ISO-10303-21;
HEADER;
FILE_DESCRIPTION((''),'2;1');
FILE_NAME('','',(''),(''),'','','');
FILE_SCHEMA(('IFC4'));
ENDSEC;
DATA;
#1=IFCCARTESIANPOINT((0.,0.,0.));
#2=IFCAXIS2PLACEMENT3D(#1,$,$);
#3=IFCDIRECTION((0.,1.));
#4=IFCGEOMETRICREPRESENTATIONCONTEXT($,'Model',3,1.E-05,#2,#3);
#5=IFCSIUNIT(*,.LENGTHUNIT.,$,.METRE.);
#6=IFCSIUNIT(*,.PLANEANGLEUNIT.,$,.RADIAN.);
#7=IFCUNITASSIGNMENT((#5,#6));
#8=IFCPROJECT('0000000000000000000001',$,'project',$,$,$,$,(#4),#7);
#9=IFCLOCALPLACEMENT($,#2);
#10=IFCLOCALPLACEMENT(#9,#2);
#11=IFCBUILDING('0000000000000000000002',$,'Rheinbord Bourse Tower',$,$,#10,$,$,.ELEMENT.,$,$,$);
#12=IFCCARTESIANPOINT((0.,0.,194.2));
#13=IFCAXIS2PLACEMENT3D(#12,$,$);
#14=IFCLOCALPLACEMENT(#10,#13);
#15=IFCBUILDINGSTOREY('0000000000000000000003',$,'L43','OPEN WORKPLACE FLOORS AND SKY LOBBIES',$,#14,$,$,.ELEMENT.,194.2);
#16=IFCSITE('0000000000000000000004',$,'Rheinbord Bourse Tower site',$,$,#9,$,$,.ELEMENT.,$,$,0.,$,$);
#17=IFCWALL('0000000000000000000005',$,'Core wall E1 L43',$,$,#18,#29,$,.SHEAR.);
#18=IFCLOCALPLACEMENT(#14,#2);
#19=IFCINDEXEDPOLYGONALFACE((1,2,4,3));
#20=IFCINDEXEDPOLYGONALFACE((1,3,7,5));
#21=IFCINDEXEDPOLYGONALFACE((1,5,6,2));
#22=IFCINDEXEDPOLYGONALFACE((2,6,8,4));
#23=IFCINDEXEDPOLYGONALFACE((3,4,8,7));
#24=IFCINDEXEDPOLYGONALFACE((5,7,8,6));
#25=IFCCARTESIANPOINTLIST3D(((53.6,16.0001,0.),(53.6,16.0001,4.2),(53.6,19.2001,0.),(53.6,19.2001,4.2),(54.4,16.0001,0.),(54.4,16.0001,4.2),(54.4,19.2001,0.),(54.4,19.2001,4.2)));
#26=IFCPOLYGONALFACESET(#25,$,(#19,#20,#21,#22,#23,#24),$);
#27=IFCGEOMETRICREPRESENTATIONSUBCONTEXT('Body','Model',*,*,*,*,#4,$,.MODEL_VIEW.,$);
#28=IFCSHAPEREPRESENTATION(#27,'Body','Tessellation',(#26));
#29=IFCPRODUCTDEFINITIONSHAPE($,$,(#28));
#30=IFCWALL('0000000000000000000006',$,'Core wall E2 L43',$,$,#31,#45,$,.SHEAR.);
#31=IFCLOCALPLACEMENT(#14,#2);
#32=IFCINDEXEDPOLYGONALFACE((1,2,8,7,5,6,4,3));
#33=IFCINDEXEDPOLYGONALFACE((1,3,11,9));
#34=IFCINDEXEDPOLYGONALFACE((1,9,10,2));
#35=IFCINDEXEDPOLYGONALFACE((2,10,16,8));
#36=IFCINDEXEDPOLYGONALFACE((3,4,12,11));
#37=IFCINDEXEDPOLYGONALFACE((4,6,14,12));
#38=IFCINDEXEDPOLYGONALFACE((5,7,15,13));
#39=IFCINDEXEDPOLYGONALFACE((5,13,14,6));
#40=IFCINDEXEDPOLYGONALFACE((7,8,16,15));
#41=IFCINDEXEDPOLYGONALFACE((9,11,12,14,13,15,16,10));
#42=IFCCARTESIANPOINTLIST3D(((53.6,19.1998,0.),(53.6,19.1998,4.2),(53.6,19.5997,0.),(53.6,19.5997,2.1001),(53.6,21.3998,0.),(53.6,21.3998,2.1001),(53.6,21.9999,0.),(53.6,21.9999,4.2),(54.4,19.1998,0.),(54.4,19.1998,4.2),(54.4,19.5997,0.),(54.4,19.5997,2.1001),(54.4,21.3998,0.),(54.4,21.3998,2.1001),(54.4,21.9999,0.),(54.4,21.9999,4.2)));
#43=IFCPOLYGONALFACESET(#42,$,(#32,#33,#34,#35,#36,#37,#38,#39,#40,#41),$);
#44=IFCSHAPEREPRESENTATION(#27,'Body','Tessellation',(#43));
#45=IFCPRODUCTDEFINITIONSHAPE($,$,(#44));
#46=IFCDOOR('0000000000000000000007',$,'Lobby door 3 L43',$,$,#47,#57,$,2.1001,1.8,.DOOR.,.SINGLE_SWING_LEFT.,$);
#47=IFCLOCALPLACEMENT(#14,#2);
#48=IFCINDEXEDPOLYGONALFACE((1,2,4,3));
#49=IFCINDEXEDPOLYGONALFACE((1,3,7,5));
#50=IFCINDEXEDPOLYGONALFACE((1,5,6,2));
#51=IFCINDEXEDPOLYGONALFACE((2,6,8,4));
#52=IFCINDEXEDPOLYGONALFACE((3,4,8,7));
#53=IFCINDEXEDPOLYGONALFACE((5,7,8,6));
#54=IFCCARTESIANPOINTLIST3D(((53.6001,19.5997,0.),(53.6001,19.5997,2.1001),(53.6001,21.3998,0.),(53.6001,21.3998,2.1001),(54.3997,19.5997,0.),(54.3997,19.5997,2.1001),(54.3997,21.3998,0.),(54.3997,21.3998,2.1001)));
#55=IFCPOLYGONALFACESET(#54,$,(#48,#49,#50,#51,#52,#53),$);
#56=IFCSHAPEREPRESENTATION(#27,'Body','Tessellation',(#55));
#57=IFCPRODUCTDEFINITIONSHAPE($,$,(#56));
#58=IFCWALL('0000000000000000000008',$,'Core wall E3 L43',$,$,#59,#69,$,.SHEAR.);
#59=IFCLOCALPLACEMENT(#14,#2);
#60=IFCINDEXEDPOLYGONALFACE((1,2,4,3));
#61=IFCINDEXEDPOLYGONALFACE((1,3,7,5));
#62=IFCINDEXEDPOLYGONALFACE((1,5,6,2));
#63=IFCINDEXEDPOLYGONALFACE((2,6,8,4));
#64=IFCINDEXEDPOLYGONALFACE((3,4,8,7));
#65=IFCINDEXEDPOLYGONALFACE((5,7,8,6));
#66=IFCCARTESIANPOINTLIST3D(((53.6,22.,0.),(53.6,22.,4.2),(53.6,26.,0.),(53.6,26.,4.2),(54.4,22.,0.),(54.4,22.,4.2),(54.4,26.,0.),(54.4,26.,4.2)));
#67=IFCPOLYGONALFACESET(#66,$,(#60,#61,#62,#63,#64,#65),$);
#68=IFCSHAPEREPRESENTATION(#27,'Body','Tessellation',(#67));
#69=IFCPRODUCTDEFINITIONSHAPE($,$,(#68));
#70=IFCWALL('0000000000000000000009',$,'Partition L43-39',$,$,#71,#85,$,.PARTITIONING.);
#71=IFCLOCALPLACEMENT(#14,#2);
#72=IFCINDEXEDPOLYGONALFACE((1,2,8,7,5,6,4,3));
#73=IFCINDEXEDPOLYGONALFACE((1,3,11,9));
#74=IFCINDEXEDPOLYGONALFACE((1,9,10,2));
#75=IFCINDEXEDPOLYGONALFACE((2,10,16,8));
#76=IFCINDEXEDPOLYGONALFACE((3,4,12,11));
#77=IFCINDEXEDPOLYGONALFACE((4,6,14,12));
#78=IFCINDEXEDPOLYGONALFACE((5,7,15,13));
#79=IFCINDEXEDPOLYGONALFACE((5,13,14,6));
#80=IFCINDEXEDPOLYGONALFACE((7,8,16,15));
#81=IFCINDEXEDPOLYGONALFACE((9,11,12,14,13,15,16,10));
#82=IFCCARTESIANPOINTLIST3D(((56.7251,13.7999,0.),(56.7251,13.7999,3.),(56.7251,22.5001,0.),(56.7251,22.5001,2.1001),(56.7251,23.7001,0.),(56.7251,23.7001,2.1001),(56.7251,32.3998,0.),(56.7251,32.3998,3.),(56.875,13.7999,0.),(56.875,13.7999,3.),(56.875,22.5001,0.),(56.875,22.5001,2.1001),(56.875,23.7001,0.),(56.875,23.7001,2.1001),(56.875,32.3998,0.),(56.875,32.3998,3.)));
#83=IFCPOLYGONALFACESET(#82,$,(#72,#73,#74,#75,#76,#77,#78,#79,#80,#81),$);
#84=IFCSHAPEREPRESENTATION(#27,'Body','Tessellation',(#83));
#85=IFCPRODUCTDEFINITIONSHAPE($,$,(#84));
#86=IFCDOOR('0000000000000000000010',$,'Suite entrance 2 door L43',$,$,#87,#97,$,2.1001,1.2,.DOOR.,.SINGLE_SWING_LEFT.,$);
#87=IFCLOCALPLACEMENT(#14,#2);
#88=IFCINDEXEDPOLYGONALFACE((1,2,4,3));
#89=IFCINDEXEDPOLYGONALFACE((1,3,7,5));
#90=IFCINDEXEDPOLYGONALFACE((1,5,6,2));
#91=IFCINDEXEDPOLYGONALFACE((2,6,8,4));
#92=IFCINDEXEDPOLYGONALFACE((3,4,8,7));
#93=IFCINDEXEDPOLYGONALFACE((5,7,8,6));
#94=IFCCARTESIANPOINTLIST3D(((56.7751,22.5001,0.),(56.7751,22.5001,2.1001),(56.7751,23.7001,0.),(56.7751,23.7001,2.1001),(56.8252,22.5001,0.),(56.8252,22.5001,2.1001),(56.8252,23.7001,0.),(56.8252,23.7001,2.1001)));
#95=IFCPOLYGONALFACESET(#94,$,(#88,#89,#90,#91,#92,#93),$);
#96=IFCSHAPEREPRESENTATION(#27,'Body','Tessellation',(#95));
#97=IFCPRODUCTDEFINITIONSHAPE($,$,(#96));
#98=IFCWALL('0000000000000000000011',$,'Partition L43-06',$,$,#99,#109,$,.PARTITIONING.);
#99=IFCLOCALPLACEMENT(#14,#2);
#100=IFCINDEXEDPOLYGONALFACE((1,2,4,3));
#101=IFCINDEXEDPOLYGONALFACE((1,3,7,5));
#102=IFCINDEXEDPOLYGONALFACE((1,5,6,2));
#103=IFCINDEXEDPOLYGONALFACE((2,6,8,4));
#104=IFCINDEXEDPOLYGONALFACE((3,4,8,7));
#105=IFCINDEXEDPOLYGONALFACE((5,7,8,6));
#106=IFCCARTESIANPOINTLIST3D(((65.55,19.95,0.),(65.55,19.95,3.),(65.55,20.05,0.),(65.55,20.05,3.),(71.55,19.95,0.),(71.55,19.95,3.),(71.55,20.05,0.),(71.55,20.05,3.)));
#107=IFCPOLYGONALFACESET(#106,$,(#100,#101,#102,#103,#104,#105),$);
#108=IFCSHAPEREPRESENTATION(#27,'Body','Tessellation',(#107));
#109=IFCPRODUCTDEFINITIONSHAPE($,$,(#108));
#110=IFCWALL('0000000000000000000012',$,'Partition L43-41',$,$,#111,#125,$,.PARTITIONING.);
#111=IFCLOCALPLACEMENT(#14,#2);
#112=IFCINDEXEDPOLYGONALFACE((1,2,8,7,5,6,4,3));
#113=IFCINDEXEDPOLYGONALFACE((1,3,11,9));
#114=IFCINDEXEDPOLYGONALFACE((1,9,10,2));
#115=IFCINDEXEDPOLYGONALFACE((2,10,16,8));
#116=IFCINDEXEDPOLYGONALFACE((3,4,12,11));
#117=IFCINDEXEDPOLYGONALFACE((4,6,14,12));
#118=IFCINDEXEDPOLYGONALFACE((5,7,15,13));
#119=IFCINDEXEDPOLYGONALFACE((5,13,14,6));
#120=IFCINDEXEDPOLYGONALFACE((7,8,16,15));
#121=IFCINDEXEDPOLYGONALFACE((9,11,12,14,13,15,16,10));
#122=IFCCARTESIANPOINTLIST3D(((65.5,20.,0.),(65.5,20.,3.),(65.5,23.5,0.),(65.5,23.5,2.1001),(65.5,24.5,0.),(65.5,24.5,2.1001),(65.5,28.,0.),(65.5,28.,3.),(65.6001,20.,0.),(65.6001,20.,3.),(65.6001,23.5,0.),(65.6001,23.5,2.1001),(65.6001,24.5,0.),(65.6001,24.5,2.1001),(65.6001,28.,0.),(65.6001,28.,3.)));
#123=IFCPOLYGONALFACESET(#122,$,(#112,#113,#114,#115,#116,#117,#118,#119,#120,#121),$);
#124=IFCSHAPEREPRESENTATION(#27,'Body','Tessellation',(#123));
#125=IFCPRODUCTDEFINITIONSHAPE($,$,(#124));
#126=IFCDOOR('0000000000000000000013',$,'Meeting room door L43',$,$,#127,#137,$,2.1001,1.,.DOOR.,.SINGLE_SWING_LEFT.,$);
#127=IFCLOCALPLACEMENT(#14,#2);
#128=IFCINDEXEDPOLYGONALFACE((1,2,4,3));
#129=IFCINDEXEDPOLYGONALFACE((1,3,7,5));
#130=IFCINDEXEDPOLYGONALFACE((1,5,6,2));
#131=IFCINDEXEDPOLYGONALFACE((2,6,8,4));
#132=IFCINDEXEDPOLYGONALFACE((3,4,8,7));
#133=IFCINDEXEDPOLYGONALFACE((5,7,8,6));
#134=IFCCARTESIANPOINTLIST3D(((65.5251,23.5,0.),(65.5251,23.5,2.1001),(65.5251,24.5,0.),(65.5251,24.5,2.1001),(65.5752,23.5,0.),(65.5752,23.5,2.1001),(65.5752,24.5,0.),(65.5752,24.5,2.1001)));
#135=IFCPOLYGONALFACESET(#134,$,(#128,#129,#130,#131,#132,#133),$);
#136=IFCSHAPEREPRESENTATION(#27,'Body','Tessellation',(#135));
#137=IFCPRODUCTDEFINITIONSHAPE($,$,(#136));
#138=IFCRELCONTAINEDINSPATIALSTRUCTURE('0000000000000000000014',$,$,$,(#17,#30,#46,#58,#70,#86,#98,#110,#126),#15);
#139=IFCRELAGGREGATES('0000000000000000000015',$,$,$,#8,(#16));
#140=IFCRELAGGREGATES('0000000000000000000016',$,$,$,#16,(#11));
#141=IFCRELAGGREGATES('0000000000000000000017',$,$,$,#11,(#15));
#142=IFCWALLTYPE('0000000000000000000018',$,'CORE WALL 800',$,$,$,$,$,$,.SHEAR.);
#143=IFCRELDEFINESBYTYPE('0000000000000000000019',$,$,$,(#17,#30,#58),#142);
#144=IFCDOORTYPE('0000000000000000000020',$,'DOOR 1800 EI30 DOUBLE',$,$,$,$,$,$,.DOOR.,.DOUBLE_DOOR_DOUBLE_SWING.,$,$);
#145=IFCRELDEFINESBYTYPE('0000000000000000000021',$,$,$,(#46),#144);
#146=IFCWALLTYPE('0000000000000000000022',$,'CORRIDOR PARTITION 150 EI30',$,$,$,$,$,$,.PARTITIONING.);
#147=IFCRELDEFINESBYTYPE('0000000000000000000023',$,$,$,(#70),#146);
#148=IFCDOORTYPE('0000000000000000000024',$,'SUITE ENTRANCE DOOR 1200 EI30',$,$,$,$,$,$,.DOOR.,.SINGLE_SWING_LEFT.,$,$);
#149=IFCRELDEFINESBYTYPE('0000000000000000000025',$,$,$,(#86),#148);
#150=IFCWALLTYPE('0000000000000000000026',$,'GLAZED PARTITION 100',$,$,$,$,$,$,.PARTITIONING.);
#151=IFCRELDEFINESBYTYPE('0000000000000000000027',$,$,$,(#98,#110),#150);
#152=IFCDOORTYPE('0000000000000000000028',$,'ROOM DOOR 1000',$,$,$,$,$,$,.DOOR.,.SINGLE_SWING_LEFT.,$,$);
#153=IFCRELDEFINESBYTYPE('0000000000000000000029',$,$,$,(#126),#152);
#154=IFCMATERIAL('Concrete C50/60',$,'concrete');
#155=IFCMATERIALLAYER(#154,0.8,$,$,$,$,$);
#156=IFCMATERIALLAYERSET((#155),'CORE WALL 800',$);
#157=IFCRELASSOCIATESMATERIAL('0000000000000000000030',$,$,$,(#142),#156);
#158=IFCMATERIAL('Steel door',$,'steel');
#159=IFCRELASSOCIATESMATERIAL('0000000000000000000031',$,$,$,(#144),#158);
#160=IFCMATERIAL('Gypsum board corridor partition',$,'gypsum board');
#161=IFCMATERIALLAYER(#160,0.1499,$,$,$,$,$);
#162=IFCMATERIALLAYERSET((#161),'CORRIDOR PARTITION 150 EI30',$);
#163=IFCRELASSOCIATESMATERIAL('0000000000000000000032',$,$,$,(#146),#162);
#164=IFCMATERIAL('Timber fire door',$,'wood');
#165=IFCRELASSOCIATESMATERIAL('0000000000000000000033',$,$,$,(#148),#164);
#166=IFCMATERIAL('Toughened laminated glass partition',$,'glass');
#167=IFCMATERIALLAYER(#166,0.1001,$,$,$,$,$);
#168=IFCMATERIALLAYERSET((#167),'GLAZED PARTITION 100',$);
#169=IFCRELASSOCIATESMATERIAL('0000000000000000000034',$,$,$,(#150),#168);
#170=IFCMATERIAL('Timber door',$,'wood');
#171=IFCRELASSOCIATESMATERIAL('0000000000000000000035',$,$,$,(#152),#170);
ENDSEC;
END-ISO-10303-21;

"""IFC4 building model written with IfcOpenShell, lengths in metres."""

from ifc_helpers import new_model, si_unit, direction, frame, frame_2d, origin, place, context, subcontext, project, spatial, rectangle, extrude, material, layer, layer_set, type_object, element, fill, save


model = new_model("IFC4")

# Units and contexts
model_context = context("Model", 3, precision=1e-05, world=origin(), true_north=direction((0.0, 1.0)))
body_context = subcontext(model_context, "Body", "Model", "MODEL_VIEW")
ifc_project = project(units=[si_unit("LENGTHUNIT", "METRE"), si_unit("PLANEANGLEUNIT", "RADIAN")], contexts=[model_context])

# Site, building, storey
site_placement = place(None, origin())
site = spatial("IfcSite", under=ifc_project, at=site_placement, Name="Rheinbord Bourse Tower site", CompositionType="ELEMENT", RefElevation=0.0)
building_placement = place(site_placement, origin())
building = spatial("IfcBuilding", under=site, at=building_placement, Name="Rheinbord Bourse Tower", CompositionType="ELEMENT")
storey_placement = place(building_placement, frame((0.0, 0.0, 194.2)))
storey = spatial("IfcBuildingStorey", under=building, at=storey_placement, Name="L43", Description="OPEN WORKPLACE FLOORS AND SKY LOBBIES", CompositionType="ELEMENT", Elevation=194.2)

# Wall
ifc_material_1 = material(Name="Concrete C50/60", Category="concrete")
ifc_layer_1 = layer(ifc_material_1, 0.8)
ifc_layer_set_1 = layer_set([ifc_layer_1], Name="CORE WALL 800")
wall_type_1 = type_object("IfcWallType", Name="CORE WALL 800", PredefinedType="SHEAR", material=ifc_layer_set_1)
wall_1_placement = place(storey_placement, frame((54.0, 16.0, 0.0), z_axis=(0.0, 0.0, 1.0), x_axis=(0.0, 1.0, 0.0)))
element("IfcWall", 1, at=wall_1_placement, inside=storey, type_object=wall_type_1, Name="Core wall E1 L43", PredefinedType="SHEAR", context=body_context, shape_type="SweptSolid", body=[
    extrude(rectangle(XDim=3.2, YDim=0.8, at=frame_2d((1.6001, 0.0))), origin(), (0.0, 0.0, 1.0), 4.2),
])

# Wall, opening, door
wall_2_placement = place(storey_placement, frame((54.0, 19.2, 0.0), z_axis=(0.0, 0.0, 1.0), x_axis=(0.0, 1.0, 0.0)))
wall_2 = element("IfcWall", 2, at=wall_2_placement, inside=storey, type_object=wall_type_1, Name="Core wall E2 L43", PredefinedType="SHEAR", context=body_context, shape_type="SweptSolid", body=[
    extrude(rectangle(XDim=2.8, YDim=0.8, at=frame_2d((1.3999, 0.0))), origin(), (0.0, 0.0, 1.0), 4.2),
])
opening_1_placement = place(wall_2_placement, frame((0.3999, 0.0, 0.0)))
opening_1 = element("IfcOpeningElement", 3, at=opening_1_placement, cuts=wall_2, PredefinedType="OPENING", context=body_context, shape_type="SweptSolid", body=[
    extrude(rectangle(XDim=1.8, YDim=2.1001, at=frame_2d((0.8999, 1.05))), frame((0.0, 0.4099, 0.0), z_axis=(0.0, -1.0, 0.0), x_axis=(1.0, 0.0, 0.0)), (0.0, 0.0, 1.0), 0.8201),
])
ifc_material_2 = material(Name="Steel door", Category="steel")
door_type_1 = type_object("IfcDoorType", Name="DOOR 1800 EI30 DOUBLE", OperationType="DOUBLE_DOOR_DOUBLE_SWING", PredefinedType="DOOR", material=ifc_material_2)
door_1_placement = place(opening_1_placement, origin())
door_1 = element("IfcDoor", 4, at=door_1_placement, inside=storey, type_object=door_type_1, Name="Lobby door 3 L43", OperationType="SINGLE_SWING_LEFT", OverallHeight=2.1001, OverallWidth=1.8, PredefinedType="DOOR", context=body_context, shape_type="SweptSolid", body=[
    extrude(rectangle(XDim=1.8, YDim=2.1001, at=frame_2d((0.8999, 1.05))), frame((0.0, 0.3999, 0.0), z_axis=(0.0, -1.0, 0.0), x_axis=(1.0, 0.0, 0.0)), (0.0, 0.0, 1.0), 0.7996),
])
fill(opening_1, door_1)

# Wall
wall_3_placement = place(storey_placement, frame((54.0, 22.0, 0.0), z_axis=(0.0, 0.0, 1.0), x_axis=(0.0, 1.0, 0.0)))
element("IfcWall", 5, at=wall_3_placement, inside=storey, type_object=wall_type_1, Name="Core wall E3 L43", PredefinedType="SHEAR", context=body_context, shape_type="SweptSolid", body=[
    extrude(rectangle(XDim=4.0, YDim=0.8, at=frame_2d((2.0, 0.0))), origin(), (0.0, 0.0, 1.0), 4.2),
])

# Wall, opening, door
ifc_material_3 = material(Name="Gypsum board corridor partition", Category="gypsum board")
ifc_layer_2 = layer(ifc_material_3, 0.1499)
ifc_layer_set_2 = layer_set([ifc_layer_2], Name="CORRIDOR PARTITION 150 EI30")
wall_type_2 = type_object("IfcWallType", Name="CORRIDOR PARTITION 150 EI30", PredefinedType="PARTITIONING", material=ifc_layer_set_2)
wall_4_placement = place(storey_placement, frame((56.8, 13.8, 0.0), z_axis=(0.0, 0.0, 1.0), x_axis=(0.0, 1.0, 0.0)))
wall_4 = element("IfcWall", 6, at=wall_4_placement, inside=storey, type_object=wall_type_2, Name="Partition L43-39", PredefinedType="PARTITIONING", context=body_context, shape_type="SweptSolid", body=[
    extrude(rectangle(XDim=18.5999, YDim=0.1499, at=frame_2d((9.2998, 0.0))), origin(), (0.0, 0.0, 1.0), 3.0),
])
opening_2_placement = place(wall_4_placement, frame((8.7, 0.0, 0.0)))
opening_2 = element("IfcOpeningElement", 7, at=opening_2_placement, cuts=wall_4, PredefinedType="OPENING", context=body_context, shape_type="SweptSolid", body=[
    extrude(rectangle(XDim=1.2, YDim=2.1001, at=frame_2d((0.6001, 1.05))), frame((0.0, 0.085, 0.0), z_axis=(0.0, -1.0, 0.0), x_axis=(1.0, 0.0, 0.0)), (0.0, 0.0, 1.0), 0.1699),
])
ifc_material_4 = material(Name="Timber fire door", Category="wood")
door_type_2 = type_object("IfcDoorType", Name="SUITE ENTRANCE DOOR 1200 EI30", OperationType="SINGLE_SWING_LEFT", PredefinedType="DOOR", material=ifc_material_4)
door_2_placement = place(opening_2_placement, origin())
door_2 = element("IfcDoor", 8, at=door_2_placement, inside=storey, type_object=door_type_2, Name="Suite entrance 2 door L43", OperationType="SINGLE_SWING_LEFT", OverallHeight=2.1001, OverallWidth=1.2, PredefinedType="DOOR", context=body_context, shape_type="SweptSolid", body=[
    extrude(rectangle(XDim=1.2, YDim=2.1001, at=frame_2d((0.6001, 1.05))), frame((0.0, 0.0249, 0.0), z_axis=(0.0, -1.0, 0.0), x_axis=(1.0, 0.0, 0.0)), (0.0, 0.0, 1.0), 0.05),
])
fill(opening_2, door_2)

# Wall
ifc_material_5 = material(Name="Toughened laminated glass partition", Category="glass")
ifc_layer_3 = layer(ifc_material_5, 0.1001)
ifc_layer_set_3 = layer_set([ifc_layer_3], Name="GLAZED PARTITION 100")
wall_type_3 = type_object("IfcWallType", Name="GLAZED PARTITION 100", PredefinedType="PARTITIONING", material=ifc_layer_set_3)
wall_5_placement = place(storey_placement, frame((65.55, 20.0, 0.0), z_axis=(0.0, 0.0, 1.0), x_axis=(1.0, 0.0, 0.0)))
element("IfcWall", 9, at=wall_5_placement, inside=storey, type_object=wall_type_3, Name="Partition L43-06", PredefinedType="PARTITIONING", context=body_context, shape_type="SweptSolid", body=[
    extrude(rectangle(XDim=6.0, YDim=0.1001, at=frame_2d((3.0, 0.0))), origin(), (0.0, 0.0, 1.0), 3.0),
])

# Wall, opening, door
wall_6_placement = place(storey_placement, frame((65.55, 20.0, 0.0), z_axis=(0.0, 0.0, 1.0), x_axis=(0.0, 1.0, 0.0)))
wall_6 = element("IfcWall", 10, at=wall_6_placement, inside=storey, type_object=wall_type_3, Name="Partition L43-41", PredefinedType="PARTITIONING", context=body_context, shape_type="SweptSolid", body=[
    extrude(rectangle(XDim=8.0, YDim=0.1001, at=frame_2d((4.0, 0.0))), origin(), (0.0, 0.0, 1.0), 3.0),
])
opening_3_placement = place(wall_6_placement, frame((3.5, 0.0, 0.0)))
opening_3 = element("IfcOpeningElement", 11, at=opening_3_placement, cuts=wall_6, PredefinedType="OPENING", context=body_context, shape_type="SweptSolid", body=[
    extrude(rectangle(XDim=1.0, YDim=2.1001, at=frame_2d((0.5, 1.05))), frame((0.0, 0.0601, 0.0), z_axis=(0.0, -1.0, 0.0), x_axis=(1.0, 0.0, 0.0)), (0.0, 0.0, 1.0), 0.1201),
])
ifc_material_6 = material(Name="Timber door", Category="wood")
door_type_3 = type_object("IfcDoorType", Name="ROOM DOOR 1000", OperationType="SINGLE_SWING_LEFT", PredefinedType="DOOR", material=ifc_material_6)
door_3_placement = place(opening_3_placement, origin())
door_3 = element("IfcDoor", 12, at=door_3_placement, inside=storey, type_object=door_type_3, Name="Meeting room door L43", OperationType="SINGLE_SWING_LEFT", OverallHeight=2.1001, OverallWidth=1.0, PredefinedType="DOOR", context=body_context, shape_type="SweptSolid", body=[
    extrude(rectangle(XDim=1.0, YDim=2.1001, at=frame_2d((0.5, 1.05))), frame((0.0, 0.0249, 0.0), z_axis=(0.0, -1.0, 0.0), x_axis=(1.0, 0.0, 0.0)), (0.0, 0.0, 1.0), 0.05),
])
fill(opening_3, door_3)

save(model, "model.ifc")
